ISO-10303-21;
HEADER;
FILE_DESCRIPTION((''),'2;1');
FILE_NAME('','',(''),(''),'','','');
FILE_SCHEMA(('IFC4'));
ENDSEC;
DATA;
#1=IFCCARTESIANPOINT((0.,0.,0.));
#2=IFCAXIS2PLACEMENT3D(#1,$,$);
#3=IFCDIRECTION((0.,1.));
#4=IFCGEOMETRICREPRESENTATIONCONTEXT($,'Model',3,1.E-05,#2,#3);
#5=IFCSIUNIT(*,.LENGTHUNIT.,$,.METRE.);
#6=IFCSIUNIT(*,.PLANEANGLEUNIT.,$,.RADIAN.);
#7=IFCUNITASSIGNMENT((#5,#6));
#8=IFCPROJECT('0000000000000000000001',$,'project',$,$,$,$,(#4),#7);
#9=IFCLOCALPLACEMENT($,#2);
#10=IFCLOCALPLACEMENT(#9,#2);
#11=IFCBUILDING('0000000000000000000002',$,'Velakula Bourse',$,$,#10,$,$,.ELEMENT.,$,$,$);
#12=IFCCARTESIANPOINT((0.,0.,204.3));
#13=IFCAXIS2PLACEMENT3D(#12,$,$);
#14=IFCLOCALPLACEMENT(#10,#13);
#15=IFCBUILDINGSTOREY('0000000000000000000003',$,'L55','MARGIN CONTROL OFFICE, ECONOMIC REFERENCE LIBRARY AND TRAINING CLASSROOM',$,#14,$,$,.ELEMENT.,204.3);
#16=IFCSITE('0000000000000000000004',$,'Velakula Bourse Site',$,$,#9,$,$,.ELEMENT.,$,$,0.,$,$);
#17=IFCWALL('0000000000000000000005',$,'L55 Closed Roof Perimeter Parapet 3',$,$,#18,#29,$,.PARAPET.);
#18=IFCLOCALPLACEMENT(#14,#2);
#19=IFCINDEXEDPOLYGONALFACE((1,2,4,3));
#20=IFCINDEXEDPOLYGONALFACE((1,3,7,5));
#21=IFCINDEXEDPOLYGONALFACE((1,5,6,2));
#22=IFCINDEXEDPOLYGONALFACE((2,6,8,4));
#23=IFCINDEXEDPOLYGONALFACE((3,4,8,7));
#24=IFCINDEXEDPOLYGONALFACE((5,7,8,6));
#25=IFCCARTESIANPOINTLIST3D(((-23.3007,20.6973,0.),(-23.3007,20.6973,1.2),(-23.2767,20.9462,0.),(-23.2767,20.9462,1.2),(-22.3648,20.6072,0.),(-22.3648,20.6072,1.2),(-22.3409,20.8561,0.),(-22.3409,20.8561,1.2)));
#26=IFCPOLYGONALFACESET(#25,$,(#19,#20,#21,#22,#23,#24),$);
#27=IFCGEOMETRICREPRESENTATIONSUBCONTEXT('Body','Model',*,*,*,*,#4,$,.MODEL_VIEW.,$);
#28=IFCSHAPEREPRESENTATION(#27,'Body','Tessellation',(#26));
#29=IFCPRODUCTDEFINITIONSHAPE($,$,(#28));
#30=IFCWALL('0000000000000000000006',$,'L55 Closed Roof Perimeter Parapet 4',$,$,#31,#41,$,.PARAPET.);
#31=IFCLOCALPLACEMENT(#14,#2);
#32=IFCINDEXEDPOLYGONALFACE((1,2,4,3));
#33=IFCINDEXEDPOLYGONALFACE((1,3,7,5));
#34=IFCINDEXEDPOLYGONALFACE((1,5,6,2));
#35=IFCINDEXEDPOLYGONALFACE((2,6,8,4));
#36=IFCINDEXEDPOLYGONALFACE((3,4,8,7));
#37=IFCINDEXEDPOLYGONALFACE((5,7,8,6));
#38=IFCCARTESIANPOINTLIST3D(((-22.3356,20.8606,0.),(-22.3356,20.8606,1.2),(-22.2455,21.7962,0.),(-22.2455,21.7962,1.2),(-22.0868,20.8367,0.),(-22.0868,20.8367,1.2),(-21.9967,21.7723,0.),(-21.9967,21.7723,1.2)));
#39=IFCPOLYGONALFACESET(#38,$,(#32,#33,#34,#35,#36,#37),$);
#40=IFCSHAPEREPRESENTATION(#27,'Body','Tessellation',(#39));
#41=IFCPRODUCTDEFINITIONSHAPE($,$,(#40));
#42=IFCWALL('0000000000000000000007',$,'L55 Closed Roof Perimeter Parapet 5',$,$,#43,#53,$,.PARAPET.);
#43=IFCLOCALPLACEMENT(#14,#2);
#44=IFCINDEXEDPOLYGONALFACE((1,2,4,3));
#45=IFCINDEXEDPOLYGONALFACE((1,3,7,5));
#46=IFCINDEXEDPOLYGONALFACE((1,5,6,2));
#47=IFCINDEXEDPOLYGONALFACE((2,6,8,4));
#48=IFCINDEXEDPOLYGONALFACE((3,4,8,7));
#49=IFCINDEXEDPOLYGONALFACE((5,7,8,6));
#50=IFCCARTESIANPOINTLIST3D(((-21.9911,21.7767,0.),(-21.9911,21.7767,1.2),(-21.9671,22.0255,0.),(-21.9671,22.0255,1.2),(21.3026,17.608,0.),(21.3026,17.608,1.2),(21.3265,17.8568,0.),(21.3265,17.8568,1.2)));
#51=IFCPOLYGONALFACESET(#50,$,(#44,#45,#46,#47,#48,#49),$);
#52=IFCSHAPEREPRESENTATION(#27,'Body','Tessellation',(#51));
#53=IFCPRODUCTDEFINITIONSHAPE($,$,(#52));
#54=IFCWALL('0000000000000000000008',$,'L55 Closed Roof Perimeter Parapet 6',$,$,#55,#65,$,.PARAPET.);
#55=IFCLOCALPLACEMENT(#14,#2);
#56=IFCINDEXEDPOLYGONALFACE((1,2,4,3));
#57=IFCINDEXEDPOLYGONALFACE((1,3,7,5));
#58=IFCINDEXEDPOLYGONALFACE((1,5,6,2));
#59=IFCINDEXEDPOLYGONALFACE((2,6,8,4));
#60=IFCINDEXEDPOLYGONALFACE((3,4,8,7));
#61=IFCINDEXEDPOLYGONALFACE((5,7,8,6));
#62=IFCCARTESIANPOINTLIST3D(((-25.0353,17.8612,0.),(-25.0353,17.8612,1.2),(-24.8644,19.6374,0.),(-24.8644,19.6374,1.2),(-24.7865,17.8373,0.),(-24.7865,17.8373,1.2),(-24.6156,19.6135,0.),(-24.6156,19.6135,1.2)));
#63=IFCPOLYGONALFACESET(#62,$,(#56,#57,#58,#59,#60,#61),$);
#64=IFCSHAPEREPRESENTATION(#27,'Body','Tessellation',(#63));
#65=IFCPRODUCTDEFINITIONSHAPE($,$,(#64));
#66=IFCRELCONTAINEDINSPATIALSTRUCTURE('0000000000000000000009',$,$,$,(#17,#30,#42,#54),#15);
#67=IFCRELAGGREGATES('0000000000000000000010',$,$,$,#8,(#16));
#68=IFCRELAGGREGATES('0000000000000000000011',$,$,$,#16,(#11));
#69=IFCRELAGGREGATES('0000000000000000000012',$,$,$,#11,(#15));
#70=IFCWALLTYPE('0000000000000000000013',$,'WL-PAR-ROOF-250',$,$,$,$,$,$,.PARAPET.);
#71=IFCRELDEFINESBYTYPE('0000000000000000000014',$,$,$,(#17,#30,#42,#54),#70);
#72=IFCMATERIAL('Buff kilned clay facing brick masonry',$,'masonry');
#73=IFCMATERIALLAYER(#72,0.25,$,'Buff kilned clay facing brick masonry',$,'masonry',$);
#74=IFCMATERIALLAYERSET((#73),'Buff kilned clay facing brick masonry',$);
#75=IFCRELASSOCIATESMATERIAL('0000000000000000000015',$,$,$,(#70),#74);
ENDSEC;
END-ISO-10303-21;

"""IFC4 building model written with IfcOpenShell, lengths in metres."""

from ifc_helpers import new_model, si_unit, direction, frame, frame_2d, origin, place, context, subcontext, project, spatial, rectangle, extrude, material, layer, layer_set, type_object, element, save


model = new_model("IFC4")

# Units and contexts
model_context = context("Model", 3, precision=1e-05, world=origin(), true_north=direction((0.0, 1.0)))
body_context = subcontext(model_context, "Body", "Model", "MODEL_VIEW")
ifc_project = project(units=[si_unit("LENGTHUNIT", "METRE"), si_unit("PLANEANGLEUNIT", "RADIAN")], contexts=[model_context])

# Site, building, storey
site_placement = place(None, origin())
site = spatial("IfcSite", under=ifc_project, at=site_placement, Name="Velakula Bourse Site", CompositionType="ELEMENT", RefElevation=0.0)
building_placement = place(site_placement, origin())
building = spatial("IfcBuilding", under=site, at=building_placement, Name="Velakula Bourse", CompositionType="ELEMENT")
storey_placement = place(building_placement, frame((0.0, 0.0, 204.3)))
storey = spatial("IfcBuildingStorey", under=building, at=storey_placement, Name="L55", Description="MARGIN CONTROL OFFICE, ECONOMIC REFERENCE LIBRARY AND TRAINING CLASSROOM", CompositionType="ELEMENT", Elevation=204.3)

# Shared definitions
ifc_material_1 = material(Name="Buff kilned clay facing brick masonry", Category="masonry")

# Walls
ifc_layer_1 = layer(ifc_material_1, 0.25, Name="Buff kilned clay facing brick masonry", Category="masonry")
ifc_layer_set_1 = layer_set([ifc_layer_1], Name="Buff kilned clay facing brick masonry")
wall_type_1 = type_object("IfcWallType", Name="WL-PAR-ROOF-250", PredefinedType="PARAPET", material=ifc_layer_set_1)
wall_1_placement = place(storey_placement, frame((-23.2888, 20.8218, 0.0), z_axis=(0.0, 0.0, 1.0), x_axis=(0.995398, -0.095826, 0.0)))
element("IfcWall", 1, at=wall_1_placement, inside=storey, type_object=wall_type_1, Name="L55 Closed Roof Perimeter Parapet 3", PredefinedType="PARAPET", context=body_context, shape_type="SweptSolid", body=[
    extrude(rectangle(XDim=0.9402, YDim=0.25, at=frame_2d((0.4702, 0.0))), origin(), (0.0, 0.0, 1.0), 1.2),
])
wall_2_placement = place(storey_placement, frame((-22.2112, 20.8486, 0.0), z_axis=(0.0, 0.0, 1.0), x_axis=(0.095851, 0.995396, 0.0)))
element("IfcWall", 2, at=wall_2_placement, inside=storey, type_object=wall_type_1, Name="L55 Closed Roof Perimeter Parapet 4", PredefinedType="PARAPET", context=body_context, shape_type="SweptSolid", body=[
    extrude(rectangle(XDim=0.9399, YDim=0.25, at=frame_2d((0.47, 0.0))), origin(), (0.0, 0.0, 1.0), 1.2),
])
wall_3_placement = place(storey_placement, frame((-21.9792, 21.9011, 0.0), z_axis=(0.0, 0.0, 1.0), x_axis=(0.995396, -0.095846, 0.0)))
element("IfcWall", 3, at=wall_3_placement, inside=storey, type_object=wall_type_1, Name="L55 Closed Roof Perimeter Parapet 5", PredefinedType="PARAPET", context=body_context, shape_type="SweptSolid", body=[
    extrude(rectangle(XDim=43.4939, YDim=0.25, at=frame_2d((21.7471, 0.0))), origin(), (0.0, 0.0, 1.0), 1.2),
])
wall_4_placement = place(storey_placement, frame((-24.9109, 17.8494, 0.0), z_axis=(0.0, 0.0, 1.0), x_axis=(0.095778, 0.995403, 0.0)))
element("IfcWall", 4, at=wall_4_placement, inside=storey, type_object=wall_type_1, Name="L55 Closed Roof Perimeter Parapet 6", PredefinedType="PARAPET", context=body_context, shape_type="SweptSolid", body=[
    extrude(rectangle(XDim=1.7844, YDim=0.25, at=frame_2d((0.8921, 0.0))), origin(), (0.0, 0.0, 1.0), 1.2),
])

save(model, "model.ifc")
